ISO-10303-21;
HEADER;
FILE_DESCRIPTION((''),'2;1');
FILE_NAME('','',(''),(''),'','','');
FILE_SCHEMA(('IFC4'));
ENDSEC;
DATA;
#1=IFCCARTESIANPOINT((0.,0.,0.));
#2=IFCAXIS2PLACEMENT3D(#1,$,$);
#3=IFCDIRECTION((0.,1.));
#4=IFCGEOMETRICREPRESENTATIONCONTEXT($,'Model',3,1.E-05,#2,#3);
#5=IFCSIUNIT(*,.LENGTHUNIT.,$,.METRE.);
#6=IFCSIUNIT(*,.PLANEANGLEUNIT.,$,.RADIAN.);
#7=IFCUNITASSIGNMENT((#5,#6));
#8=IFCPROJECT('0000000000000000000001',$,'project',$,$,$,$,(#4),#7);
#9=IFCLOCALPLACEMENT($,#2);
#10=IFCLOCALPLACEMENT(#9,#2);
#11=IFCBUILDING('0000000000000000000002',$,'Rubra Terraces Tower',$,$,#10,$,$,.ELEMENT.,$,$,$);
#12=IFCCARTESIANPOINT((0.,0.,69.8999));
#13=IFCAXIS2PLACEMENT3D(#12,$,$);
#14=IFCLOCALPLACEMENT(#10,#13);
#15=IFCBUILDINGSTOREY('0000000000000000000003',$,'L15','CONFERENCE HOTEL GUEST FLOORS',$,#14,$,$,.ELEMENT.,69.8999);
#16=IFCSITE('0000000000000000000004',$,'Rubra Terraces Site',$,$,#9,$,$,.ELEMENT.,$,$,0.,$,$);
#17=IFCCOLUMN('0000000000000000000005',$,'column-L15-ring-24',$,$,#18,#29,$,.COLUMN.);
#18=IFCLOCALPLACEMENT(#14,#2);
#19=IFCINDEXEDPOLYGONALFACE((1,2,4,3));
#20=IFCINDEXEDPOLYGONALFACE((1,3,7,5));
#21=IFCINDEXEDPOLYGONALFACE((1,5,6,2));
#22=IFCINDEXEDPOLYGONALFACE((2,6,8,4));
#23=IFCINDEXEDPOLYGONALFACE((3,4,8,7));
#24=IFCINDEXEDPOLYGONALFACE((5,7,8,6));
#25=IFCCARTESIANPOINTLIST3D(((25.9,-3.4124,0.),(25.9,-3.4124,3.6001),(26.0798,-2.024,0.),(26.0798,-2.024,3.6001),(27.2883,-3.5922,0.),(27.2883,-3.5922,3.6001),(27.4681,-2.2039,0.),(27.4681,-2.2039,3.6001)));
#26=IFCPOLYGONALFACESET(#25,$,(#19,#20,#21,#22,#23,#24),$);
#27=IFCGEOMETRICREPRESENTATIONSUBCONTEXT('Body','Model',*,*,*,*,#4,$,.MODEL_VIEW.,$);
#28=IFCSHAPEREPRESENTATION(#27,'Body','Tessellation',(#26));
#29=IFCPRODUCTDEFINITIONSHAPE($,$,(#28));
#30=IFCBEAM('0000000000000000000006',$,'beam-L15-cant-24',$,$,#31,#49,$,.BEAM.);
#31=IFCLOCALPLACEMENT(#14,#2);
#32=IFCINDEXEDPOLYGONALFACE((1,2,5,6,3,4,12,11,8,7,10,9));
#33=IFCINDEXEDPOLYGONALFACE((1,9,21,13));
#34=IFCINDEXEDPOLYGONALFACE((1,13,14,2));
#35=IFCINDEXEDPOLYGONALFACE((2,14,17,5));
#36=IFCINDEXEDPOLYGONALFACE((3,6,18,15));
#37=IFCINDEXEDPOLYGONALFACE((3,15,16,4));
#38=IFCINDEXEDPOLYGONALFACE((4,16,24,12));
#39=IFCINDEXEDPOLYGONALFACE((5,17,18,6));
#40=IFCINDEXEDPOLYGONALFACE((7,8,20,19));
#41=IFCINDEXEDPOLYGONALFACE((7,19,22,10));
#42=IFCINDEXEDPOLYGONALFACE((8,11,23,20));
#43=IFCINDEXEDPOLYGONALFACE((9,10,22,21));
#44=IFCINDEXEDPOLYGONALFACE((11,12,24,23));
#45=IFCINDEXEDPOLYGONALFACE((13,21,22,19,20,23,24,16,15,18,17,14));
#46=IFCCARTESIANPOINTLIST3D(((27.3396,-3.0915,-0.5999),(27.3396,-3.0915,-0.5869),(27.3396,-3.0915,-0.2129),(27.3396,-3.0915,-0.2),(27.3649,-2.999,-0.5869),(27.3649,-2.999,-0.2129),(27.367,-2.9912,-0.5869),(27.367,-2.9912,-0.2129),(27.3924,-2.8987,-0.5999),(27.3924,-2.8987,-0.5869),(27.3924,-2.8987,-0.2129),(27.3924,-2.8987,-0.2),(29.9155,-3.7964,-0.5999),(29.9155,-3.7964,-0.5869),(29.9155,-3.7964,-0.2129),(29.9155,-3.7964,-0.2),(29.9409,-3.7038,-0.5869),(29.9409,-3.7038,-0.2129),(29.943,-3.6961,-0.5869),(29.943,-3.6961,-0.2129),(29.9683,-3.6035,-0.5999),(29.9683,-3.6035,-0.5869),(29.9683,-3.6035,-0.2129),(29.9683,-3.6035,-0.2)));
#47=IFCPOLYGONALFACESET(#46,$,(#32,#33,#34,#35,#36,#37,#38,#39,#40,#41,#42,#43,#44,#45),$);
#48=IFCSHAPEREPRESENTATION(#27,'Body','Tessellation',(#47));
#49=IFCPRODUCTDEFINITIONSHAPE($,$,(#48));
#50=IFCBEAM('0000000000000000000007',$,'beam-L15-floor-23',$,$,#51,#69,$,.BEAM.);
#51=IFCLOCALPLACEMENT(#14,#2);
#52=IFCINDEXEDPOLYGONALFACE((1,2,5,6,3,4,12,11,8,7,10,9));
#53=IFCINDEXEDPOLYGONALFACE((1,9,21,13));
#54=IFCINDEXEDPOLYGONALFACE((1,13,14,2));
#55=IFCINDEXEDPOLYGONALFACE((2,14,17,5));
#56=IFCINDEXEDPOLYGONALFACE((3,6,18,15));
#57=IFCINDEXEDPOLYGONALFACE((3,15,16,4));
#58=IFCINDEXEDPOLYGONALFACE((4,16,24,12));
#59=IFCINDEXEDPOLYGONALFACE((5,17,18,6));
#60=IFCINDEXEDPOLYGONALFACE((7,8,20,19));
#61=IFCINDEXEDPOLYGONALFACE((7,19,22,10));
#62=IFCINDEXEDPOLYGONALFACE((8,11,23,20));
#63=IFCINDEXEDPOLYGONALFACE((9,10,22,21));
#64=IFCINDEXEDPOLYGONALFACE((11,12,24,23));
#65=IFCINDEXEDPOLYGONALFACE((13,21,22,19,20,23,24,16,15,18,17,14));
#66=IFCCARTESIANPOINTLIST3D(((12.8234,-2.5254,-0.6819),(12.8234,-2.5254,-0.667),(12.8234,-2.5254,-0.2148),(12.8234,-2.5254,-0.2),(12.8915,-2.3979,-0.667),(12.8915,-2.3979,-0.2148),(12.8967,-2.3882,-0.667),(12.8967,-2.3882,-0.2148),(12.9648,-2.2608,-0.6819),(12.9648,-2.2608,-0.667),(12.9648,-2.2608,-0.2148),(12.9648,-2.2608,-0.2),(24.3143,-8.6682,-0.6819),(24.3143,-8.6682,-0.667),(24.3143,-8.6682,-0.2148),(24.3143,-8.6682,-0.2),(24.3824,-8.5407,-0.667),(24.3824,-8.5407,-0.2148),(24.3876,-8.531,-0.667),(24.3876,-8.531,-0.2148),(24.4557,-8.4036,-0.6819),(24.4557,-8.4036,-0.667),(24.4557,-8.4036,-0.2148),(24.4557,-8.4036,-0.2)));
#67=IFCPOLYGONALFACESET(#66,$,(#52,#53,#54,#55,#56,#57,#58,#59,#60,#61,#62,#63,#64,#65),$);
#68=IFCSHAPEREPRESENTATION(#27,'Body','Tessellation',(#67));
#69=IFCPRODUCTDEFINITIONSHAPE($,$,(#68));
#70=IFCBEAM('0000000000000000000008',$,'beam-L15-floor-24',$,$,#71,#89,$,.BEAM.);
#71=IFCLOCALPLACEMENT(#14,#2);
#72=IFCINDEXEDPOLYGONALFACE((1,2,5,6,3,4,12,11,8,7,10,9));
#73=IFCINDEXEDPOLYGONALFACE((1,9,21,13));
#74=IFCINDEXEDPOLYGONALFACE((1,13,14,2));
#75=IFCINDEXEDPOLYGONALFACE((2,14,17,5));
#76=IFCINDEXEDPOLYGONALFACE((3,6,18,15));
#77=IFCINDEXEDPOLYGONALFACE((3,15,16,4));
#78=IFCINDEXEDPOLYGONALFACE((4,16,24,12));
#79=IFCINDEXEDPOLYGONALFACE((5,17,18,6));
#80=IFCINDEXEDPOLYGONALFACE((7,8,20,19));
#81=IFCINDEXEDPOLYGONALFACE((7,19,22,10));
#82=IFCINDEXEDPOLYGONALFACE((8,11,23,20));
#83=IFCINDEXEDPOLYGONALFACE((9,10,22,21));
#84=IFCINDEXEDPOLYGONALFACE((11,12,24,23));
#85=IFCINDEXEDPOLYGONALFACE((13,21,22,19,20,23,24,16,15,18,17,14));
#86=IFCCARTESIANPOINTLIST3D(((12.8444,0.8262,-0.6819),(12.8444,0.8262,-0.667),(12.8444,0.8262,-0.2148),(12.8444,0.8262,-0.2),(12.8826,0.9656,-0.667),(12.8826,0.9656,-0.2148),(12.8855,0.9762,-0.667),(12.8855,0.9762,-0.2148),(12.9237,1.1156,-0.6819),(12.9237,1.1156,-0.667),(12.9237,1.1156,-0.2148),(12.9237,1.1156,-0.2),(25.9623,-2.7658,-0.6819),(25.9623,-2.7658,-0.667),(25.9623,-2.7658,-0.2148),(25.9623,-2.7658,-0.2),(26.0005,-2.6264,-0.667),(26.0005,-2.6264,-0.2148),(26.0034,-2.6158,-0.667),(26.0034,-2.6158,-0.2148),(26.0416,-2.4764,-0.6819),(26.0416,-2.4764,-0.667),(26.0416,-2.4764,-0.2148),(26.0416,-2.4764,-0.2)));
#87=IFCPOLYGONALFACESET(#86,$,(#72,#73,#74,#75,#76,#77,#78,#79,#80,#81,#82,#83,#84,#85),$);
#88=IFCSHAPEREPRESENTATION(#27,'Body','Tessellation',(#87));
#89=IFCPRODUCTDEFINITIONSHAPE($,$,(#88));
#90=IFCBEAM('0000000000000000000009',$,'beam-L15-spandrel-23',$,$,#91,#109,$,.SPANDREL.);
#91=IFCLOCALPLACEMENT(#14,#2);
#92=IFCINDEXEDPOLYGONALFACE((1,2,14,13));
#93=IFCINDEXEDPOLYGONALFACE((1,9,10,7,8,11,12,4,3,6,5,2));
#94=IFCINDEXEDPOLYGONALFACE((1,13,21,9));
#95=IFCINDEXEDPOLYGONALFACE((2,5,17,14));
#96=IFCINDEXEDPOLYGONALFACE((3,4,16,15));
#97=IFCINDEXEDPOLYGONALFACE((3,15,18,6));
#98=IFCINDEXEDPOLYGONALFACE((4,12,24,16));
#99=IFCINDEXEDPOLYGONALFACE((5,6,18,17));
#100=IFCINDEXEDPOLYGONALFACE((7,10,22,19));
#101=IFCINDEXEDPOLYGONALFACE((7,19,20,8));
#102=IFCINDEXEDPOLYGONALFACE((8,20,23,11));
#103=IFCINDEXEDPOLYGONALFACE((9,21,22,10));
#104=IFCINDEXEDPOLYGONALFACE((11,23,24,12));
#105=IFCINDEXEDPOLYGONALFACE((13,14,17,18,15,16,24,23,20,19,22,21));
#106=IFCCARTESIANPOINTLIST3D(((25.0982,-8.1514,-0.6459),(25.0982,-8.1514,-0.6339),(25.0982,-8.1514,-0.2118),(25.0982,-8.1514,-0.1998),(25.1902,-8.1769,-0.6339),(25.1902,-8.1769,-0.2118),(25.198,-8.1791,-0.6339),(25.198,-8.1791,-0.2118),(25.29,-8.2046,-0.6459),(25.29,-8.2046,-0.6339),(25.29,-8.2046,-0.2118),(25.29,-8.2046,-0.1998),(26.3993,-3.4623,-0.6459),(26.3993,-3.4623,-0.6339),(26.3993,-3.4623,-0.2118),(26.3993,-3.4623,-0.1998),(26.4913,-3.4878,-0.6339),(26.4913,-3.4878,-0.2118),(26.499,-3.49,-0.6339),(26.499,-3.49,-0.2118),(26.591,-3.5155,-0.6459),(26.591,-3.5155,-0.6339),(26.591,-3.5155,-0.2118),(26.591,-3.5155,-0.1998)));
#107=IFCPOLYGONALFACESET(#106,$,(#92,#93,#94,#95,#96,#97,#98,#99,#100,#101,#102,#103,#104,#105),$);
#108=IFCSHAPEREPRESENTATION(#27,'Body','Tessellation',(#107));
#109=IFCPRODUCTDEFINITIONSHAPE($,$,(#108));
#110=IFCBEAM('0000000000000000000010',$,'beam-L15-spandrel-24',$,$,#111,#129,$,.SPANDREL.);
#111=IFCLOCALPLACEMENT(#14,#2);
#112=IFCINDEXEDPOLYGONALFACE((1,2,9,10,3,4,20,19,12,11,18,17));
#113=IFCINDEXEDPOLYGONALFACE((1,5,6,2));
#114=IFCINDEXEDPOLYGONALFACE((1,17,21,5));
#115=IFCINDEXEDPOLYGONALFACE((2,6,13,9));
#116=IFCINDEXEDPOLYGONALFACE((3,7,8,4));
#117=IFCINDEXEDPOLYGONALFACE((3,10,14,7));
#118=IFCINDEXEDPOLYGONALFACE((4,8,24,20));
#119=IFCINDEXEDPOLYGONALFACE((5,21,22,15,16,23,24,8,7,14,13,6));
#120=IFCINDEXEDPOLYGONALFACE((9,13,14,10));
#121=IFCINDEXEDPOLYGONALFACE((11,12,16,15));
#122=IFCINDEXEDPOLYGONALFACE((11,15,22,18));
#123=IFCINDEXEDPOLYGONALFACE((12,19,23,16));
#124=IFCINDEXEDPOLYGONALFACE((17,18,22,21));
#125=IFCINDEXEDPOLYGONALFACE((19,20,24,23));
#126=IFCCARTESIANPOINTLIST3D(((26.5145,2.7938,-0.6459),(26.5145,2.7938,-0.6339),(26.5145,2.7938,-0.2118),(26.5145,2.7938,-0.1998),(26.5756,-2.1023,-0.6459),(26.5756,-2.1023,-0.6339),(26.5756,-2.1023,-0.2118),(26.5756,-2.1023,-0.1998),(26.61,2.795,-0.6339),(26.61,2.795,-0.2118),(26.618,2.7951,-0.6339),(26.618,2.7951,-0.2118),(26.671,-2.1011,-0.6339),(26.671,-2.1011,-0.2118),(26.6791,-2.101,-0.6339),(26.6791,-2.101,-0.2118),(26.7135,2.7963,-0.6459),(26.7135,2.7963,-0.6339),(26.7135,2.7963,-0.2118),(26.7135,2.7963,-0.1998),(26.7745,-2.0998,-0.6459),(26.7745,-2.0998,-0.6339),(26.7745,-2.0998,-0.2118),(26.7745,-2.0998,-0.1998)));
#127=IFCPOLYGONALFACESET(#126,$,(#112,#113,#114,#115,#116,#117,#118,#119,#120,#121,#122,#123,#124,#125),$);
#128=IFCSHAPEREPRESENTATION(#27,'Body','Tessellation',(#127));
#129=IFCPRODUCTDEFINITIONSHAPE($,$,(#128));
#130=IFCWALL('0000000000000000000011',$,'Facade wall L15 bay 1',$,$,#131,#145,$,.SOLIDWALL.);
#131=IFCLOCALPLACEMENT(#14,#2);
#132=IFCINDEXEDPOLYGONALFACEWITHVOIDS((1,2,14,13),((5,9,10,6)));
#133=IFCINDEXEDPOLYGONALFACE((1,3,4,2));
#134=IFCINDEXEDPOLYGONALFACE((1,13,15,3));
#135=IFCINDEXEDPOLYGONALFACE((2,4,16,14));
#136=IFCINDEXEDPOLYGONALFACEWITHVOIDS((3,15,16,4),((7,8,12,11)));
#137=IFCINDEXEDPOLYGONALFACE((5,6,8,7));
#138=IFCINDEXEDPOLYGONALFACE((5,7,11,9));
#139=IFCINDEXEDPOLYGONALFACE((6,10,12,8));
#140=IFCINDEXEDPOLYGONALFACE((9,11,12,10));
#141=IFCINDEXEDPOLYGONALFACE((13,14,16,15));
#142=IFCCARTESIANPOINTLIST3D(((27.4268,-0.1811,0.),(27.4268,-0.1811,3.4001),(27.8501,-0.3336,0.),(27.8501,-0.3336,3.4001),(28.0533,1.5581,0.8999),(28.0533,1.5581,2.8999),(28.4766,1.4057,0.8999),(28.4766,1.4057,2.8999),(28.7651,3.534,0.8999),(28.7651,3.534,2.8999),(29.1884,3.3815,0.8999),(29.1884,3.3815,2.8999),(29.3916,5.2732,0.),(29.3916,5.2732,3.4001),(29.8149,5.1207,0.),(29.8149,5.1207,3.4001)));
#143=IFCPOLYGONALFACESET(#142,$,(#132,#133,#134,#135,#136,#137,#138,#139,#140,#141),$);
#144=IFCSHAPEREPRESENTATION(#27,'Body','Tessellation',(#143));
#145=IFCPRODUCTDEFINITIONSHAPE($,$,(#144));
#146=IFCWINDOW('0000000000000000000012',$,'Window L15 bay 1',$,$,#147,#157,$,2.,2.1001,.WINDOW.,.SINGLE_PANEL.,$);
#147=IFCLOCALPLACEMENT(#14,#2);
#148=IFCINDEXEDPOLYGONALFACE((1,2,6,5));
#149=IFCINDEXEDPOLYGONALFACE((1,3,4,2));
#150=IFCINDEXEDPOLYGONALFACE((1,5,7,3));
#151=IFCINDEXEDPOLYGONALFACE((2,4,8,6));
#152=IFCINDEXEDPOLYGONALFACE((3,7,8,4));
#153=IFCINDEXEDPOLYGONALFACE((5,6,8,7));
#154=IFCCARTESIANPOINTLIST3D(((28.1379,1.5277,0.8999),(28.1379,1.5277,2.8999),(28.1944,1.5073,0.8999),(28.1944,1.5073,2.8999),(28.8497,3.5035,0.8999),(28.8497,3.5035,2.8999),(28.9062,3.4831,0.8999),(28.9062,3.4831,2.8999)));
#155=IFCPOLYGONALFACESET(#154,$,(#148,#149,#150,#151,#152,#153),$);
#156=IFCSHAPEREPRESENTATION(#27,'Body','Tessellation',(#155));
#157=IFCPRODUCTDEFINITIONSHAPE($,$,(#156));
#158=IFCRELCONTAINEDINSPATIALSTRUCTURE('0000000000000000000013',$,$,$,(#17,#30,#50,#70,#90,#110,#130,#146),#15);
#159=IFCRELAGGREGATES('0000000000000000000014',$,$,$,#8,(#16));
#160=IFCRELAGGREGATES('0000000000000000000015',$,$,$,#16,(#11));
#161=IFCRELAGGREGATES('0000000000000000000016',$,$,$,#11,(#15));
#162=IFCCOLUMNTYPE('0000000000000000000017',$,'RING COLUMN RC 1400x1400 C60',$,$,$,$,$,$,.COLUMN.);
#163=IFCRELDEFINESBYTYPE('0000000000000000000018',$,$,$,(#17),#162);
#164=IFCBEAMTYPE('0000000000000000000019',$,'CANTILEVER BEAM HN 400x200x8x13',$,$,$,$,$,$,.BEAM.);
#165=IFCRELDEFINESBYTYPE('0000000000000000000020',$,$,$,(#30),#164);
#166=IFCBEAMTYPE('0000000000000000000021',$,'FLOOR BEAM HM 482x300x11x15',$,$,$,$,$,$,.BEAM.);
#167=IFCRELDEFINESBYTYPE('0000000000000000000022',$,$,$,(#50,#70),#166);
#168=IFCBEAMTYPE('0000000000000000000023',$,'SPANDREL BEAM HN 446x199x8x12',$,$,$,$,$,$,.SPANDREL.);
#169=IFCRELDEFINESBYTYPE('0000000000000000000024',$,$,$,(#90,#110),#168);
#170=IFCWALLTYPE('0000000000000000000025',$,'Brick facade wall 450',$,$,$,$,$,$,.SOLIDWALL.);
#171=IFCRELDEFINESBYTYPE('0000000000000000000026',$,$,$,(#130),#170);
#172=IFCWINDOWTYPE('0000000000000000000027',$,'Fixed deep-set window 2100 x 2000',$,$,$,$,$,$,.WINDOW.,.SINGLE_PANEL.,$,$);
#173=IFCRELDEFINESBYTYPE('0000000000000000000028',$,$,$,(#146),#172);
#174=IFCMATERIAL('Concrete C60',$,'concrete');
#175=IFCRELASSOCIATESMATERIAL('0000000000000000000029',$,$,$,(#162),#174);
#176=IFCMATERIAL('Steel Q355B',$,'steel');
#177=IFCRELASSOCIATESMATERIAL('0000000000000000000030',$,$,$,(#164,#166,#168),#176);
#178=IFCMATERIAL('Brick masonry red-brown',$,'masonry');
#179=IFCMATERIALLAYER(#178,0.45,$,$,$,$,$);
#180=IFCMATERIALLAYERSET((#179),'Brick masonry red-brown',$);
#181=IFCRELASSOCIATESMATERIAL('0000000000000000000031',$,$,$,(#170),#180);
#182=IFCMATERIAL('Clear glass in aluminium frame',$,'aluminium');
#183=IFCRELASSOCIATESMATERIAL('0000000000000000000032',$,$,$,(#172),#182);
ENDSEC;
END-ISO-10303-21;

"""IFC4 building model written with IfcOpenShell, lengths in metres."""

from ifc_helpers import new_model, si_unit, direction, frame, frame_2d, origin, origin_2d, place, context, subcontext, project, spatial, rectangle, i_section, extrude, material, layer, layer_set, material_profile, profile_set, type_object, element, fill, save


model = new_model("IFC4")

# Units and contexts
model_context = context("Model", 3, precision=1e-05, world=origin(), true_north=direction((0.0, 1.0)))
body_context = subcontext(model_context, "Body", "Model", "MODEL_VIEW")
ifc_project = project(units=[si_unit("LENGTHUNIT", "METRE"), si_unit("PLANEANGLEUNIT", "RADIAN")], contexts=[model_context])

# Site, building, storey
site_placement = place(None, origin())
site = spatial("IfcSite", under=ifc_project, at=site_placement, Name="Rubra Terraces Site", CompositionType="ELEMENT", RefElevation=0.0)
building_placement = place(site_placement, origin())
building = spatial("IfcBuilding", under=site, at=building_placement, Name="Rubra Terraces Tower", CompositionType="ELEMENT")
storey_placement = place(building_placement, frame((0.0, 0.0, 69.8999)))
storey = spatial("IfcBuildingStorey", under=building, at=storey_placement, Name="L15", Description="CONFERENCE HOTEL GUEST FLOORS", CompositionType="ELEMENT", Elevation=69.8999)

# Column
ifc_material_1 = material(Name="Concrete C60", Category="concrete")
ifc_material_profile_1 = material_profile(ifc_material_1, rectangle(XDim=1.3999, YDim=1.3999, at=origin_2d()), Name="RC 1400x1400")
ifc_profile_set_1 = profile_set([ifc_material_profile_1], Name="Concrete C60")
column_type = type_object("IfcColumnType", Name="RING COLUMN RC 1400x1400 C60", PredefinedType="COLUMN", material=ifc_profile_set_1)
column_placement = place(storey_placement, frame((26.6841, -2.8081, 0.0), z_axis=(0.0, 0.0, 1.0), x_axis=(0.128445, 0.991717, 0.0)))
element("IfcColumn", 1, at=column_placement, inside=storey, type_object=column_type, Name="column-L15-ring-24", PredefinedType="COLUMN", context=body_context, shape_type="SweptSolid", body=[
    extrude(rectangle(XDim=1.3999, YDim=1.3999, at=origin_2d()), origin(), (0.0, 0.0, 1.0), 3.6001),
])

# Beams
ifc_material_2 = material(Name="Steel Q355B", Category="steel")
ifc_material_profile_2 = material_profile(ifc_material_2, i_section(OverallWidth=0.2, OverallDepth=0.3999, WebThickness=0.0081, FlangeThickness=0.0129, at=origin_2d()), Name="HN 400x200x8x13")
ifc_profile_set_2 = profile_set([ifc_material_profile_2], Name="Steel Q355B")
beam_type_1 = type_object("IfcBeamType", Name="CANTILEVER BEAM HN 400x200x8x13", PredefinedType="BEAM", material=ifc_profile_set_2)
beam_1_placement = place(storey_placement, frame((27.366, -2.9951, -0.3999), z_axis=(0.964544, -0.263922, 0.0), x_axis=(0.263922, 0.964544, 0.0)))
element("IfcBeam", 2, at=beam_1_placement, inside=storey, type_object=beam_type_1, Name="beam-L15-cant-24", PredefinedType="BEAM", context=body_context, shape_type="SweptSolid", body=[
    extrude(i_section(OverallWidth=0.2, OverallDepth=0.3999, WebThickness=0.0081, FlangeThickness=0.0129, at=origin_2d()), origin(), (0.0, 0.0, 1.0), 2.6707),
])
ifc_material_profile_3 = material_profile(ifc_material_2, i_section(OverallWidth=0.3, OverallDepth=0.4819, WebThickness=0.011, FlangeThickness=0.0149, at=origin_2d()), Name="HM 482x300x11x15")
ifc_profile_set_3 = profile_set([ifc_material_profile_3], Name="Steel Q355B")
beam_type_2 = type_object("IfcBeamType", Name="FLOOR BEAM HM 482x300x11x15", PredefinedType="BEAM", material=ifc_profile_set_3)
beam_2_placement = place(storey_placement, frame((24.385, -8.5359, -0.4409), z_axis=(-0.881897, 0.471443, 0.0), x_axis=(-0.471443, -0.881897, 0.0)))
element("IfcBeam", 3, at=beam_2_placement, inside=storey, type_object=beam_type_2, Name="beam-L15-floor-23", PredefinedType="BEAM", context=body_context, shape_type="SweptSolid", body=[
    extrude(i_section(OverallWidth=0.3, OverallDepth=0.4819, WebThickness=0.011, FlangeThickness=0.0149, at=origin_2d()), origin(), (0.0, 0.0, 1.0), 13.0298),
])
beam_3_placement = place(storey_placement, frame((26.002, -2.6211, -0.4409), z_axis=(-0.964494, 0.264105, 0.0), x_axis=(-0.264105, -0.964494, 0.0)))
element("IfcBeam", 4, at=beam_3_placement, inside=storey, type_object=beam_type_2, Name="beam-L15-floor-24", PredefinedType="BEAM", context=body_context, shape_type="SweptSolid", body=[
    extrude(i_section(OverallWidth=0.3, OverallDepth=0.4819, WebThickness=0.011, FlangeThickness=0.0149, at=origin_2d()), origin(), (0.0, 0.0, 1.0), 13.6008),
])
ifc_material_profile_4 = material_profile(ifc_material_2, i_section(OverallWidth=0.199, OverallDepth=0.446, WebThickness=0.0081, FlangeThickness=0.012, at=origin_2d()), Name="HN 446x199x8x12")
ifc_profile_set_4 = profile_set([ifc_material_profile_4], Name="Steel Q355B")
beam_type_3 = type_object("IfcBeamType", Name="SPANDREL BEAM HN 446x199x8x12", PredefinedType="SPANDREL", material=ifc_profile_set_4)
beam_4_placement = place(storey_placement, frame((25.1941, -8.178, -0.4229), z_axis=(0.267364, 0.963595, 0.0), x_axis=(-0.963595, 0.267364, 0.0)))
element("IfcBeam", 5, at=beam_4_placement, inside=storey, type_object=beam_type_3, Name="beam-L15-spandrel-23", PredefinedType="SPANDREL", context=body_context, shape_type="SweptSolid", body=[
    extrude(i_section(OverallWidth=0.199, OverallDepth=0.446, WebThickness=0.0081, FlangeThickness=0.012, at=origin_2d()), origin(), (0.0, 0.0, 1.0), 4.8662),
])
beam_5_placement = place(storey_placement, frame((26.675, -2.1011, -0.4229), z_axis=(-0.012465, 0.999922, 0.0), x_axis=(-0.999922, -0.012465, 0.0)))
element("IfcBeam", 6, at=beam_5_placement, inside=storey, type_object=beam_type_3, Name="beam-L15-spandrel-24", PredefinedType="SPANDREL", context=body_context, shape_type="SweptSolid", body=[
    extrude(i_section(OverallWidth=0.199, OverallDepth=0.446, WebThickness=0.0081, FlangeThickness=0.012, at=origin_2d()), origin(), (0.0, 0.0, 1.0), 4.8965),
])

# Wall, opening, window
ifc_material_3 = material(Name="Brick masonry red-brown", Category="masonry")
ifc_layer_1 = layer(ifc_material_3, 0.45)
ifc_layer_set_1 = layer_set([ifc_layer_1], Name="Brick masonry red-brown")
wall_type_1 = type_object("IfcWallType", Name="Brick facade wall 450", PredefinedType="SOLIDWALL", material=ifc_layer_set_1)
wall_1_placement = place(storey_placement, frame((27.6384, -0.2573, 0.0), z_axis=(0.0, 0.0, 1.0), x_axis=(0.338915, 0.940817, 0.0)))
wall_1 = element("IfcWall", 7, at=wall_1_placement, inside=storey, type_object=wall_type_1, Name="Facade wall L15 bay 1", PredefinedType="SOLIDWALL", context=body_context, shape_type="SweptSolid", body=[
    extrude(rectangle(XDim=5.7974, YDim=0.45, at=frame_2d((2.8987, 0.0))), origin(), (0.0, 0.0, 1.0), 3.4001),
])
opening_1_placement = place(wall_1_placement, frame((1.8486, 0.0, 0.8999)))
opening_1 = element("IfcOpeningElement", 8, at=opening_1_placement, cuts=wall_1, PredefinedType="OPENING", context=body_context, shape_type="SweptSolid", body=[
    extrude(rectangle(XDim=2.1001, YDim=2.0, at=frame_2d((1.05, 1.0))), frame((0.0, 0.2349, 0.0), z_axis=(0.0, -1.0, 0.0), x_axis=(1.0, 0.0, 0.0)), (0.0, 0.0, 1.0), 0.47),
])
ifc_material_4 = material(Name="Clear glass in aluminium frame", Category="aluminium")
window_type = type_object("IfcWindowType", Name="Fixed deep-set window 2100 x 2000", PartitioningType="SINGLE_PANEL", PredefinedType="WINDOW", material=ifc_material_4)
window_1_placement = place(opening_1_placement, origin())
window_1 = element("IfcWindow", 9, at=window_1_placement, inside=storey, type_object=window_type, Name="Window L15 bay 1", OverallHeight=2.0, OverallWidth=2.1001, PartitioningType="SINGLE_PANEL", PredefinedType="WINDOW", context=body_context, shape_type="SweptSolid", body=[
    extrude(rectangle(XDim=2.1001, YDim=2.0, at=frame_2d((1.05, 1.0))), frame((0.0, 0.135, 0.0), z_axis=(0.0, -1.0, 0.0), x_axis=(1.0, 0.0, 0.0)), (0.0, 0.0, 1.0), 0.0601),
])
fill(opening_1, window_1)

save(model, "model.ifc")
